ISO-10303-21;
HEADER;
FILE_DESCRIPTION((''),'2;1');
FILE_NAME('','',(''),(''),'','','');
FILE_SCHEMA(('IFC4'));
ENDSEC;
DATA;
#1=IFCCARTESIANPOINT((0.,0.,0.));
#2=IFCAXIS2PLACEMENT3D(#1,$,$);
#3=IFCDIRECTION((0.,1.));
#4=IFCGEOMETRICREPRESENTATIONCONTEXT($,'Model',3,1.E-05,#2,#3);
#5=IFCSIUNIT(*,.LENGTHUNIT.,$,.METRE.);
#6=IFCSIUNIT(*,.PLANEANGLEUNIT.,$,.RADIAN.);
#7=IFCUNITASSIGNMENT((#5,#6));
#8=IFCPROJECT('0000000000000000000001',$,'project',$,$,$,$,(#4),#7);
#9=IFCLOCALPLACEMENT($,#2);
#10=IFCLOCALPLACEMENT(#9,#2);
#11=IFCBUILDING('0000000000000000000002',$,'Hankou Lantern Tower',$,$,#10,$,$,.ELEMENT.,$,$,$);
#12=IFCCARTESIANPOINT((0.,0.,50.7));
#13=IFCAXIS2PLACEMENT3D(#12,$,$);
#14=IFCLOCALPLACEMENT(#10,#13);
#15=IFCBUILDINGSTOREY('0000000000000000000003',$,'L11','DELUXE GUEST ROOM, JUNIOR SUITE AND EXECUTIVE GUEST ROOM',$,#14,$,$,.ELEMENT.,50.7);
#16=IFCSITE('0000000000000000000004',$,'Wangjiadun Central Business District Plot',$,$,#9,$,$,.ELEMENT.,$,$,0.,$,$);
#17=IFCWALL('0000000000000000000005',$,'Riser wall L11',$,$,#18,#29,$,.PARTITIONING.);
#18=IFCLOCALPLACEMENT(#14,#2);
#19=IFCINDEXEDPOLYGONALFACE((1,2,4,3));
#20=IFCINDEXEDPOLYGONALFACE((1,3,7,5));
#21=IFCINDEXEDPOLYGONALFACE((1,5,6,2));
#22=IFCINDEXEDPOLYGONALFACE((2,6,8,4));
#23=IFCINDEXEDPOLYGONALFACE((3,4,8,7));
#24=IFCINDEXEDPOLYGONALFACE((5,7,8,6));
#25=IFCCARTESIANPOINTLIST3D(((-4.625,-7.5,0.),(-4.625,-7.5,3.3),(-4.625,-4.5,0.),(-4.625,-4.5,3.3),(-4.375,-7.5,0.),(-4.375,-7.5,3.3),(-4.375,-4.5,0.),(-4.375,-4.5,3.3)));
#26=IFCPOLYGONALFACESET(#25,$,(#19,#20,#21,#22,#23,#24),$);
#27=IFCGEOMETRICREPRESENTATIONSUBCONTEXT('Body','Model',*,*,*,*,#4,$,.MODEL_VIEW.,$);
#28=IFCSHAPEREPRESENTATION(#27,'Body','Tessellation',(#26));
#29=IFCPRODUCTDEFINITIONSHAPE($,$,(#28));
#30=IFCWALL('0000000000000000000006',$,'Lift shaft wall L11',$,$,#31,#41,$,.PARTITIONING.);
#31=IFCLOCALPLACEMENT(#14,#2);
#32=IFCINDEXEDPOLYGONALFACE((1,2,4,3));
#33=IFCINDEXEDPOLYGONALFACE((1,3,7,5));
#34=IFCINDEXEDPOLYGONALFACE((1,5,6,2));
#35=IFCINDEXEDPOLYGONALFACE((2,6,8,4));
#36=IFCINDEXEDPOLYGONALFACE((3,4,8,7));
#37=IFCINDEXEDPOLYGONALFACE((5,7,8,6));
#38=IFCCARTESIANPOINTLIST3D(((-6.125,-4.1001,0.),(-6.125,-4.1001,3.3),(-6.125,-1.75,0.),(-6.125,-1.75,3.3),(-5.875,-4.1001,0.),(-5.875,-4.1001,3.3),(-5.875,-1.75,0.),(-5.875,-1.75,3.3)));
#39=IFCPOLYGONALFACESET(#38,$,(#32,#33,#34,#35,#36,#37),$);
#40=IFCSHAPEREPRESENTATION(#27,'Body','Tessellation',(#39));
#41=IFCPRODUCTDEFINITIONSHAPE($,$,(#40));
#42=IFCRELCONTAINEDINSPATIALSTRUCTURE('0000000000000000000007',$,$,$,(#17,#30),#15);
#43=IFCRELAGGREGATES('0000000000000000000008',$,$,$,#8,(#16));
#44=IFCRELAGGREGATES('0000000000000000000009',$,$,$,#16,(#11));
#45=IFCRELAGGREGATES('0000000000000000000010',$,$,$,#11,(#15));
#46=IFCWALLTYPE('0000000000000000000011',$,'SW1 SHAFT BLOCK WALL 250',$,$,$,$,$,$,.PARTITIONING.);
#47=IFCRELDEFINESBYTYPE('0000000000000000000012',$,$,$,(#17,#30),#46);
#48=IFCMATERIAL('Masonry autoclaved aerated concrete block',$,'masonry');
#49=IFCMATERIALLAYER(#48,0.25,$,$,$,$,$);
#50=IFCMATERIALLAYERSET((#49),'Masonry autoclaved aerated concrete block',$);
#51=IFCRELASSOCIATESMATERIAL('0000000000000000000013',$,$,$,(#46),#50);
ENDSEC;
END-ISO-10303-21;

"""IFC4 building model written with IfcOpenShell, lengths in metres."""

from ifc_helpers import new_model, si_unit, direction, frame, frame_2d, origin, place, context, subcontext, project, spatial, rectangle, extrude, material, layer, layer_set, type_object, element, save


model = new_model("IFC4")

# Units and contexts
model_context = context("Model", 3, precision=1e-05, world=origin(), true_north=direction((0.0, 1.0)))
body_context = subcontext(model_context, "Body", "Model", "MODEL_VIEW")
ifc_project = project(units=[si_unit("LENGTHUNIT", "METRE"), si_unit("PLANEANGLEUNIT", "RADIAN")], contexts=[model_context])

# Site, building, storey
site_placement = place(None, origin())
site = spatial("IfcSite", under=ifc_project, at=site_placement, Name="Wangjiadun Central Business District Plot", CompositionType="ELEMENT", RefElevation=0.0)
building_placement = place(site_placement, origin())
building = spatial("IfcBuilding", under=site, at=building_placement, Name="Hankou Lantern Tower", CompositionType="ELEMENT")
storey_placement = place(building_placement, frame((0.0, 0.0, 50.7)))
storey = spatial("IfcBuildingStorey", under=building, at=storey_placement, Name="L11", Description="DELUXE GUEST ROOM, JUNIOR SUITE AND EXECUTIVE GUEST ROOM", CompositionType="ELEMENT", Elevation=50.7)

# Walls
ifc_material_1 = material(Name="Masonry autoclaved aerated concrete block", Category="masonry")
ifc_layer_1 = layer(ifc_material_1, 0.25)
ifc_layer_set_1 = layer_set([ifc_layer_1], Name="Masonry autoclaved aerated concrete block")
wall_type_1 = type_object("IfcWallType", Name="SW1 SHAFT BLOCK WALL 250", PredefinedType="PARTITIONING", material=ifc_layer_set_1)
wall_1_placement = place(storey_placement, frame((-4.5, -7.5, 0.0), z_axis=(0.0, 0.0, 1.0), x_axis=(0.0, 1.0, 0.0)))
element("IfcWall", 1, at=wall_1_placement, inside=storey, type_object=wall_type_1, Name="Riser wall L11", PredefinedType="PARTITIONING", context=body_context, shape_type="SweptSolid", body=[
    extrude(rectangle(XDim=3.0, YDim=0.25, at=frame_2d((1.5, 0.0))), origin(), (0.0, 0.0, 1.0), 3.3),
])
wall_2_placement = place(storey_placement, frame((-6.0, -4.1001, 0.0), z_axis=(0.0, 0.0, 1.0), x_axis=(0.0, 1.0, 0.0)))
element("IfcWall", 2, at=wall_2_placement, inside=storey, type_object=wall_type_1, Name="Lift shaft wall L11", PredefinedType="PARTITIONING", context=body_context, shape_type="SweptSolid", body=[
    extrude(rectangle(XDim=2.3501, YDim=0.25, at=frame_2d((1.175, 0.0))), origin(), (0.0, 0.0, 1.0), 3.3),
])

save(model, "model.ifc")
